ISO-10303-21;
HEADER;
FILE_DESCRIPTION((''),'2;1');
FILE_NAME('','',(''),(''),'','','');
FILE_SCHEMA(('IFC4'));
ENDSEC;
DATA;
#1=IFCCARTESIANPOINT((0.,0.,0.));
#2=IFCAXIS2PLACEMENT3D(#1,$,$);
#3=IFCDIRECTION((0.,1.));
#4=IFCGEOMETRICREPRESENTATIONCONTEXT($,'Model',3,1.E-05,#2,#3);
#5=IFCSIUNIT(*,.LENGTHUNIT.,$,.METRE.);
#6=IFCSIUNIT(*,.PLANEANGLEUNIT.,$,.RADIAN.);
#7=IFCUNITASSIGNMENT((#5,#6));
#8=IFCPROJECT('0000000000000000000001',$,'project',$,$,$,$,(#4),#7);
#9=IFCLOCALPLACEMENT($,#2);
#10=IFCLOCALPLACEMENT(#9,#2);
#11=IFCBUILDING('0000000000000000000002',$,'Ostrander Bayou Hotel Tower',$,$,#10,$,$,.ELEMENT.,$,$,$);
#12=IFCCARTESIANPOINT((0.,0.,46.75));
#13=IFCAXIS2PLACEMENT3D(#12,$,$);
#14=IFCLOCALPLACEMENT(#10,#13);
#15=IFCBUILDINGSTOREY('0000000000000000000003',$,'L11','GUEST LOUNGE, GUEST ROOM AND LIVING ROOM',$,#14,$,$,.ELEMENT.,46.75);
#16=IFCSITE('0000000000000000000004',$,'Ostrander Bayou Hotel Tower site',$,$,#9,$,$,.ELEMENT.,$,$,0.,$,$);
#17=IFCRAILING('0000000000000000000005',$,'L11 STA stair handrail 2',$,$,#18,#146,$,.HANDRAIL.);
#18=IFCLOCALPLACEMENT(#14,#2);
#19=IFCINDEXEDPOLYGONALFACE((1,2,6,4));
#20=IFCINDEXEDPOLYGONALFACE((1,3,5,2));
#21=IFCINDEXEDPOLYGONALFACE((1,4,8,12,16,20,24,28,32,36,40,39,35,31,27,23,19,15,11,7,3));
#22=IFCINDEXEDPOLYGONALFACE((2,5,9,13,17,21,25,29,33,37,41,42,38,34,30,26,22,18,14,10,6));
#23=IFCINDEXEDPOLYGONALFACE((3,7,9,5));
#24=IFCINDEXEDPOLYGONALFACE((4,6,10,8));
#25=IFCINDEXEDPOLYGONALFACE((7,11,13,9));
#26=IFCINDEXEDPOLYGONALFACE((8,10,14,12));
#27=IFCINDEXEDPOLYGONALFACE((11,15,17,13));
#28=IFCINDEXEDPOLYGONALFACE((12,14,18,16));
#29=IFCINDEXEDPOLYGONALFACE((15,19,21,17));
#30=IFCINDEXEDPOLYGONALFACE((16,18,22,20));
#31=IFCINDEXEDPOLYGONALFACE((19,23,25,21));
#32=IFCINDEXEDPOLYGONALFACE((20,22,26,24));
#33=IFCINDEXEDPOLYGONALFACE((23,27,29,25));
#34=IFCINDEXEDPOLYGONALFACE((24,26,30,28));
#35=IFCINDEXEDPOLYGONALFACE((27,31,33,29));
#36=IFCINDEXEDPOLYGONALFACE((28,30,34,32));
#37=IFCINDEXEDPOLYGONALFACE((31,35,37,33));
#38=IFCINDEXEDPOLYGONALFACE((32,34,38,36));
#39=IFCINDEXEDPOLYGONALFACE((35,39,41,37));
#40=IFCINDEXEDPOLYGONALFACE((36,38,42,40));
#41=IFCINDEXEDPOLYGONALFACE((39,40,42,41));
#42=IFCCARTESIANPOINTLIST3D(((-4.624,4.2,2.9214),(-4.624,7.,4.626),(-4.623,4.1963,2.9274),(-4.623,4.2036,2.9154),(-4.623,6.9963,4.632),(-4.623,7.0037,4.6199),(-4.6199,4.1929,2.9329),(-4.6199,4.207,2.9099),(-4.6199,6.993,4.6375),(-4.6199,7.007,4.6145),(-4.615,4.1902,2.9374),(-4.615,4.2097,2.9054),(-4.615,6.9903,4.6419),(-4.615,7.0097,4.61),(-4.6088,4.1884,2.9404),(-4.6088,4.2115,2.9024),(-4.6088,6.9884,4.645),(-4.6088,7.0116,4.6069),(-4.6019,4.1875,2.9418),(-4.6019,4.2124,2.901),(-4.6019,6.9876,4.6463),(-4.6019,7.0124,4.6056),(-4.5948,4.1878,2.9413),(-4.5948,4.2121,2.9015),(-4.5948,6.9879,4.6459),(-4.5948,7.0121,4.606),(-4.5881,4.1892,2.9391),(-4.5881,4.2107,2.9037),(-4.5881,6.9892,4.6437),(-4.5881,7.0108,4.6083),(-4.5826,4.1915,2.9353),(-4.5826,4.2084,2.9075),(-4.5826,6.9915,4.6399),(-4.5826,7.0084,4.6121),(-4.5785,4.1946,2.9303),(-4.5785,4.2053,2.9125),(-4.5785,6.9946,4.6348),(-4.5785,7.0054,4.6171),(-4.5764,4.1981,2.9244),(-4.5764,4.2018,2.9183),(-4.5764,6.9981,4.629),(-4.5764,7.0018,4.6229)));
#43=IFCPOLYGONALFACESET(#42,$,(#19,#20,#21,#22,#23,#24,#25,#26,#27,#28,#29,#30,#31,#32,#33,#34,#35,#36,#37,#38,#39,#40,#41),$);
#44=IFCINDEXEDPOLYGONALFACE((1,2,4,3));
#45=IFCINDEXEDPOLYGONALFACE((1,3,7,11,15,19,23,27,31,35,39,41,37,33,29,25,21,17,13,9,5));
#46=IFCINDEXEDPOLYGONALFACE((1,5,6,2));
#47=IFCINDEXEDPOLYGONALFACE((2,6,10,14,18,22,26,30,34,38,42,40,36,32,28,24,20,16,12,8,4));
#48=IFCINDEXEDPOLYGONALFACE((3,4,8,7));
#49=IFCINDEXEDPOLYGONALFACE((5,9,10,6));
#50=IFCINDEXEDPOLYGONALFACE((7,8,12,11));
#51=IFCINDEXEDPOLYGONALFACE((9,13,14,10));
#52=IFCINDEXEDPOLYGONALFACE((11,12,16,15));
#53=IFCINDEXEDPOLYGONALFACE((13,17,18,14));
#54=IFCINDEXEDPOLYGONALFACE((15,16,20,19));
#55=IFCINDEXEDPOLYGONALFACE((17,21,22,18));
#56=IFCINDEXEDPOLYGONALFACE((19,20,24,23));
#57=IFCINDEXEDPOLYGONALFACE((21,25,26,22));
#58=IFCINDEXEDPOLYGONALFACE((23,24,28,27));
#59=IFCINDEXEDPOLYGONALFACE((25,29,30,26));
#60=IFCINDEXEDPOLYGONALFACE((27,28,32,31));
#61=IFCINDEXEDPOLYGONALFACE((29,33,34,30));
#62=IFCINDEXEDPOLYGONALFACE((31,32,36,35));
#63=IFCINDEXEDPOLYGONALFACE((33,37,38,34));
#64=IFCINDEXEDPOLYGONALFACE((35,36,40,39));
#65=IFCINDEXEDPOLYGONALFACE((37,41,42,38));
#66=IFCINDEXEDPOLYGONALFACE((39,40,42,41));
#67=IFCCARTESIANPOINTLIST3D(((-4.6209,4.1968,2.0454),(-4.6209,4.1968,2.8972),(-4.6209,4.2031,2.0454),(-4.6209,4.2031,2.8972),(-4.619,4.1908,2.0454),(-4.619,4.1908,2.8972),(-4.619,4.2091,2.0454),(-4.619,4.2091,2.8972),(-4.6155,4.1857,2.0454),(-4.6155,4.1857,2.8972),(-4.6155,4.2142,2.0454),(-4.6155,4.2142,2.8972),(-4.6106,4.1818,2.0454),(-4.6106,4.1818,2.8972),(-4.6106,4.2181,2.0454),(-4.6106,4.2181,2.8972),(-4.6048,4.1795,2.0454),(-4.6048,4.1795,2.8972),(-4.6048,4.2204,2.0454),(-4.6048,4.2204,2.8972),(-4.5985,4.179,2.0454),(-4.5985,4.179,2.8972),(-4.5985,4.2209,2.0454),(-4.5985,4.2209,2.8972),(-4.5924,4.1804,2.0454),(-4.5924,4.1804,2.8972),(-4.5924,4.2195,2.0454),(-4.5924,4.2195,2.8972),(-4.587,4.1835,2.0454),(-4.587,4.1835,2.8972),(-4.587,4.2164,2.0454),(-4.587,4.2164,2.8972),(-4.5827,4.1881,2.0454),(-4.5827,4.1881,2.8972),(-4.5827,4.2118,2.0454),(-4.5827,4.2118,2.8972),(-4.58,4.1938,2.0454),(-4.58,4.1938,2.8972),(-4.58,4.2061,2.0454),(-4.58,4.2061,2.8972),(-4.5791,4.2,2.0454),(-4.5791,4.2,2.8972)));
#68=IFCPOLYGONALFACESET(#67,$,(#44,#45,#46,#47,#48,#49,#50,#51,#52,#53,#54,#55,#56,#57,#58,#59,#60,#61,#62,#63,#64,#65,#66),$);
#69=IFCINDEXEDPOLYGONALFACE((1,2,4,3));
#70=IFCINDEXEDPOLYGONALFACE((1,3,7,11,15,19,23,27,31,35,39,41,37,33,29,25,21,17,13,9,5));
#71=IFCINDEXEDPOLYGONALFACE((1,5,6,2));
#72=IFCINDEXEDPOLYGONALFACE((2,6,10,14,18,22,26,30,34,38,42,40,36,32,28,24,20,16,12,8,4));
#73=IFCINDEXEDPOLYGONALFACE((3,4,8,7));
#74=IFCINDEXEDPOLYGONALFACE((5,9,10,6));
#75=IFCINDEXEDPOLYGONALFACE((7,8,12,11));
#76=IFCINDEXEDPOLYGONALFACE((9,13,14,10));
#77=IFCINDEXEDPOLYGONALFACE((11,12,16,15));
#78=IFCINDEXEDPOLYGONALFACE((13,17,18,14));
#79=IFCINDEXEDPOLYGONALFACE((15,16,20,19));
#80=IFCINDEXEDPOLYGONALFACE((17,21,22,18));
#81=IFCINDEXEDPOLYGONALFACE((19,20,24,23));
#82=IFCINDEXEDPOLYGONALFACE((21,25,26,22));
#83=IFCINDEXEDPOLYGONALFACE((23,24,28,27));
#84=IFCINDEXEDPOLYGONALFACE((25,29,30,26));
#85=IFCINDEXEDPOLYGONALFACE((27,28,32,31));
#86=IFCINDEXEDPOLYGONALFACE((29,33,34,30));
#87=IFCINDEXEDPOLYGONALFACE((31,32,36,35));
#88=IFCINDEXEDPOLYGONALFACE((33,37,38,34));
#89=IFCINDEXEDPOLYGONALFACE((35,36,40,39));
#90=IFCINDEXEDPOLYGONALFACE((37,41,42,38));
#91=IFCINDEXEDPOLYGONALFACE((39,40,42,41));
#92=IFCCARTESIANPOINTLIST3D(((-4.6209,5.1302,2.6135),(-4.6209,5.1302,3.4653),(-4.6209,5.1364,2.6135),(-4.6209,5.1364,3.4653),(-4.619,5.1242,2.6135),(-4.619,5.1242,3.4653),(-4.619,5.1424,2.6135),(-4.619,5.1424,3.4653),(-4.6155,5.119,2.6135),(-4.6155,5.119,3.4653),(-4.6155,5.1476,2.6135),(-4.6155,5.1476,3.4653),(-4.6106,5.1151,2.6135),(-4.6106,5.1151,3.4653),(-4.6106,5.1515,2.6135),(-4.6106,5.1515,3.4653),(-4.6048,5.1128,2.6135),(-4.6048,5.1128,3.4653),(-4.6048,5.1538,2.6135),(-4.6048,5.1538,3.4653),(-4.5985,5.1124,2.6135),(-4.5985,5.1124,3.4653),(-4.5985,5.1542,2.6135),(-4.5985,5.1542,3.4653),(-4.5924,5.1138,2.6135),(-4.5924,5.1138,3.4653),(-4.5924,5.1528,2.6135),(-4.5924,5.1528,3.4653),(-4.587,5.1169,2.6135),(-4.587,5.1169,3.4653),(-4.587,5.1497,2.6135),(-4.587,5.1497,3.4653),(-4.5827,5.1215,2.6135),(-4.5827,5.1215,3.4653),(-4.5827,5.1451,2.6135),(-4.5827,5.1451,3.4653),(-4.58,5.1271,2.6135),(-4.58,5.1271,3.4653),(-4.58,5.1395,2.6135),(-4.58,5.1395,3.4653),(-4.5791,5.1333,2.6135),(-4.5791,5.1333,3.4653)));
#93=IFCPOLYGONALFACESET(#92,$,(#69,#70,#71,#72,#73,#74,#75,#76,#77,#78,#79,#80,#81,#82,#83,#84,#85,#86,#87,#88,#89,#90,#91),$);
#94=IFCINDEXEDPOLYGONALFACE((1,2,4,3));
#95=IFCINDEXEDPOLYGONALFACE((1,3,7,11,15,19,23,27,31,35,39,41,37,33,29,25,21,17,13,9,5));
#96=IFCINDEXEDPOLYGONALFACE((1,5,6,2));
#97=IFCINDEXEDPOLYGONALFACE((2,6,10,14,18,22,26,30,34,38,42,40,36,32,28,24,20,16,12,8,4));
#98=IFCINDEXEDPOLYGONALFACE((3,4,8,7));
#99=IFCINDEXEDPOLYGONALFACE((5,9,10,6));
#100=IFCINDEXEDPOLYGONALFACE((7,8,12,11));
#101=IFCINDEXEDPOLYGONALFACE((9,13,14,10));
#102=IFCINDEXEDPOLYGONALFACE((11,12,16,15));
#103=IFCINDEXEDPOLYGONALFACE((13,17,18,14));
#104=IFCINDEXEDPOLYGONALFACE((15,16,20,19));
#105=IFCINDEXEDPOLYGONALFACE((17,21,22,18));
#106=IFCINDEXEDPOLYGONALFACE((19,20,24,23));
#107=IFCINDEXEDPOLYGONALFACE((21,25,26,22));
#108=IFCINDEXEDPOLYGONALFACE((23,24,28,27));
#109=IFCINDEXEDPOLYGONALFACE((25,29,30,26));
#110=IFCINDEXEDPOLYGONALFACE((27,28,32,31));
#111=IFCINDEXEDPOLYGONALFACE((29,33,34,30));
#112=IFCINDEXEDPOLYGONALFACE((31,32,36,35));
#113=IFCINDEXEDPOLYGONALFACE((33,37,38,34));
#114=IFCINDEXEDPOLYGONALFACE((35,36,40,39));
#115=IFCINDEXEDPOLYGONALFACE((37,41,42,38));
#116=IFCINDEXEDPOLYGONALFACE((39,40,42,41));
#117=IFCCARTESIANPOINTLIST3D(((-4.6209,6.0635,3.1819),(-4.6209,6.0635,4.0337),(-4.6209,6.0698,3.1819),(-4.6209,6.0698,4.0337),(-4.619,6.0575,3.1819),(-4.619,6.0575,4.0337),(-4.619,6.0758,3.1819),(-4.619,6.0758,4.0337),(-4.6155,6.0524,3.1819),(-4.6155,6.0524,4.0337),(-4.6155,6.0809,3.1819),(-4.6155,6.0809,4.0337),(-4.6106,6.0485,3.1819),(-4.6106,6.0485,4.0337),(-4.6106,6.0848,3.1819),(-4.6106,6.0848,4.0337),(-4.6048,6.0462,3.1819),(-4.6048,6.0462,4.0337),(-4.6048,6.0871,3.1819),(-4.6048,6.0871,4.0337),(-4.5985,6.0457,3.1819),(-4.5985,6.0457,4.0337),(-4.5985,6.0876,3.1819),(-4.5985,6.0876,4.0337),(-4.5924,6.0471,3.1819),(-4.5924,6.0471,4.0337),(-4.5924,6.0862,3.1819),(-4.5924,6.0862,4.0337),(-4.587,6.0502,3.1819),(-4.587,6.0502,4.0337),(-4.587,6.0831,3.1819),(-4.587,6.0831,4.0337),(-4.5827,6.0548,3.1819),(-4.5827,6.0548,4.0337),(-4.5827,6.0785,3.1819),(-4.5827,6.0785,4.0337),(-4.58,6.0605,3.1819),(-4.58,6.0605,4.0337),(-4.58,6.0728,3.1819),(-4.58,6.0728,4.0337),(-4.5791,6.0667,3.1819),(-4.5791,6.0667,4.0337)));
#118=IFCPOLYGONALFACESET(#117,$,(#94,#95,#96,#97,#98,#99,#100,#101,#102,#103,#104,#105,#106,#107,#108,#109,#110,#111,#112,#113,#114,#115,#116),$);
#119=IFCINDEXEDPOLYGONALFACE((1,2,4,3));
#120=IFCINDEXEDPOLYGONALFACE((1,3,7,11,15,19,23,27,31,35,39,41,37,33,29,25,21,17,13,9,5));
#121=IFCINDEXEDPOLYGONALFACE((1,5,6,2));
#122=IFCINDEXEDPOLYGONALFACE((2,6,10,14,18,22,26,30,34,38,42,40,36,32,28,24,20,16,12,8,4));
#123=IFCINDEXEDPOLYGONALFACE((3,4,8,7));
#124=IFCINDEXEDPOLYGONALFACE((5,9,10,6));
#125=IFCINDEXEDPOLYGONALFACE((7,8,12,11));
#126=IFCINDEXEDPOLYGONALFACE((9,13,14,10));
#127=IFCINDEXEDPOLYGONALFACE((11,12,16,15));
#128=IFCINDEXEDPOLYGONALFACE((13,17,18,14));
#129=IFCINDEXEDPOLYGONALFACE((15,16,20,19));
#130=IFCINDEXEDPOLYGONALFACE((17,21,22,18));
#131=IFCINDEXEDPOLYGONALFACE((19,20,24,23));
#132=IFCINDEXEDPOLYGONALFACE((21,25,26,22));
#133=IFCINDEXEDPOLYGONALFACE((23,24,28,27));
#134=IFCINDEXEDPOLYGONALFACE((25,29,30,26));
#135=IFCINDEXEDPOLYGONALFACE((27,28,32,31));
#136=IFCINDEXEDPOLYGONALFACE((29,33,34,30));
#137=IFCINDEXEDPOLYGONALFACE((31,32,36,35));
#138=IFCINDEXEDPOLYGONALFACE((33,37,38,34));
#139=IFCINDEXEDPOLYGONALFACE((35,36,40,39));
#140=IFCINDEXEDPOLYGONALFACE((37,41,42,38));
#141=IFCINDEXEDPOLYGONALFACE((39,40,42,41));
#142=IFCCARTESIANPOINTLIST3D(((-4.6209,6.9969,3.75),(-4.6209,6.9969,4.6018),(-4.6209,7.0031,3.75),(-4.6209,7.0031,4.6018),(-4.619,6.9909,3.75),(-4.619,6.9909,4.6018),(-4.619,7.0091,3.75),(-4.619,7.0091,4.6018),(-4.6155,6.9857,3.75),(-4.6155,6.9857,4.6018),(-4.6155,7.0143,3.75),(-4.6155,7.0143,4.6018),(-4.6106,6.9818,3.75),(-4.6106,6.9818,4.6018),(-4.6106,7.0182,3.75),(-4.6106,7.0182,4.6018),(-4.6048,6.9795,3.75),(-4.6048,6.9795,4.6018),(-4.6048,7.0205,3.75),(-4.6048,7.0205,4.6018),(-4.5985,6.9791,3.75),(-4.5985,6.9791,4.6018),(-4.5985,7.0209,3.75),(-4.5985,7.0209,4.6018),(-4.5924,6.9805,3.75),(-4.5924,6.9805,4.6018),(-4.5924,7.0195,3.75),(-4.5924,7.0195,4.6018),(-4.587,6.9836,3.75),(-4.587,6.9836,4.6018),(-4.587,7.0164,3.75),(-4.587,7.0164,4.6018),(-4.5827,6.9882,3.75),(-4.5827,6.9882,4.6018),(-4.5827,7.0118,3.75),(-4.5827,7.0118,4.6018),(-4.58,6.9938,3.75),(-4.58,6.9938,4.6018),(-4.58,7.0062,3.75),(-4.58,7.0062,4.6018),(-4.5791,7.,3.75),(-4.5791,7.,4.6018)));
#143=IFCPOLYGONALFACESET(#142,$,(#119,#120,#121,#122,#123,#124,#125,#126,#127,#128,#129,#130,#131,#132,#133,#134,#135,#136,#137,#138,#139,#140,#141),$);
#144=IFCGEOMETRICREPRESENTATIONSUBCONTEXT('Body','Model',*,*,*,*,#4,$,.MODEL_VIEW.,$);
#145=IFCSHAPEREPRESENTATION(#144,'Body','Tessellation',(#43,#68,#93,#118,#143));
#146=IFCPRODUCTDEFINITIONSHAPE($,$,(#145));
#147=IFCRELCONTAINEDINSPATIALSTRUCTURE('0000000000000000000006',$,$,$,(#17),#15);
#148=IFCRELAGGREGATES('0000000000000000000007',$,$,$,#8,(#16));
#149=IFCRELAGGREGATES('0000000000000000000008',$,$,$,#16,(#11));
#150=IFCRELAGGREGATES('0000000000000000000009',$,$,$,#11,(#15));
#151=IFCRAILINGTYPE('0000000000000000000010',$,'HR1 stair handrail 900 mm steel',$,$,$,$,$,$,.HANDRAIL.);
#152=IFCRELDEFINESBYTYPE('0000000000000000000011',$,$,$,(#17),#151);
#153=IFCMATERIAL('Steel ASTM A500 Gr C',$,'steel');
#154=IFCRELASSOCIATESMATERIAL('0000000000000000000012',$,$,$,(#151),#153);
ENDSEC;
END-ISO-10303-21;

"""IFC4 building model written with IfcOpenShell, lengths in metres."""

from ifc_helpers import new_model, si_unit, direction, frame, origin, origin_2d, place, context, subcontext, project, spatial, circle, extrude, material, type_object, element, save


model = new_model("IFC4")

# Units and contexts
model_context = context("Model", 3, precision=1e-05, world=origin(), true_north=direction((0.0, 1.0)))
body_context = subcontext(model_context, "Body", "Model", "MODEL_VIEW")
ifc_project = project(units=[si_unit("LENGTHUNIT", "METRE"), si_unit("PLANEANGLEUNIT", "RADIAN")], contexts=[model_context])

# Site, building, storey
site_placement = place(None, origin())
site = spatial("IfcSite", under=ifc_project, at=site_placement, Name="Ostrander Bayou Hotel Tower site", CompositionType="ELEMENT", RefElevation=0.0)
building_placement = place(site_placement, origin())
building = spatial("IfcBuilding", under=site, at=building_placement, Name="Ostrander Bayou Hotel Tower", CompositionType="ELEMENT")
storey_placement = place(building_placement, frame((0.0, 0.0, 46.75)))
storey = spatial("IfcBuildingStorey", under=building, at=storey_placement, Name="L11", Description="GUEST LOUNGE, GUEST ROOM AND LIVING ROOM", CompositionType="ELEMENT", Elevation=46.75)

# Railing
ifc_material_1 = material(Name="Steel ASTM A500 Gr C", Category="steel")
railing_type_1 = type_object("IfcRailingType", Name="HR1 stair handrail 900 mm steel", PredefinedType="HANDRAIL", material=ifc_material_1)
railing_1_placement = place(storey_placement, frame((-4.6001, 4.2, 2.0454)))
element("IfcRailing", 1, at=railing_1_placement, inside=storey, type_object=railing_type_1, Name="L11 STA stair handrail 2", PredefinedType="HANDRAIL", context=body_context, shape_type="SweptSolid", body=[
    extrude(circle(Radius=0.0239, at=origin_2d()), frame((0.0, 0.0, 0.876), z_axis=(0.0, 0.85417, 0.519994), x_axis=(-1.0, 0.0, 0.0)), (0.0, 0.0, 1.0), 3.2781),
    extrude(circle(Radius=0.021, at=origin_2d()), origin(), (0.0, 0.0, 1.0), 0.8518),
    extrude(circle(Radius=0.021, at=origin_2d()), frame((0.0, 0.9333, 0.5681)), (0.0, 0.0, 1.0), 0.8518),
    extrude(circle(Radius=0.021, at=origin_2d()), frame((0.0, 1.8667, 1.1365)), (0.0, 0.0, 1.0), 0.8518),
    extrude(circle(Radius=0.021, at=origin_2d()), frame((0.0, 2.8, 1.7046)), (0.0, 0.0, 1.0), 0.8518),
])

save(model, "model.ifc")
